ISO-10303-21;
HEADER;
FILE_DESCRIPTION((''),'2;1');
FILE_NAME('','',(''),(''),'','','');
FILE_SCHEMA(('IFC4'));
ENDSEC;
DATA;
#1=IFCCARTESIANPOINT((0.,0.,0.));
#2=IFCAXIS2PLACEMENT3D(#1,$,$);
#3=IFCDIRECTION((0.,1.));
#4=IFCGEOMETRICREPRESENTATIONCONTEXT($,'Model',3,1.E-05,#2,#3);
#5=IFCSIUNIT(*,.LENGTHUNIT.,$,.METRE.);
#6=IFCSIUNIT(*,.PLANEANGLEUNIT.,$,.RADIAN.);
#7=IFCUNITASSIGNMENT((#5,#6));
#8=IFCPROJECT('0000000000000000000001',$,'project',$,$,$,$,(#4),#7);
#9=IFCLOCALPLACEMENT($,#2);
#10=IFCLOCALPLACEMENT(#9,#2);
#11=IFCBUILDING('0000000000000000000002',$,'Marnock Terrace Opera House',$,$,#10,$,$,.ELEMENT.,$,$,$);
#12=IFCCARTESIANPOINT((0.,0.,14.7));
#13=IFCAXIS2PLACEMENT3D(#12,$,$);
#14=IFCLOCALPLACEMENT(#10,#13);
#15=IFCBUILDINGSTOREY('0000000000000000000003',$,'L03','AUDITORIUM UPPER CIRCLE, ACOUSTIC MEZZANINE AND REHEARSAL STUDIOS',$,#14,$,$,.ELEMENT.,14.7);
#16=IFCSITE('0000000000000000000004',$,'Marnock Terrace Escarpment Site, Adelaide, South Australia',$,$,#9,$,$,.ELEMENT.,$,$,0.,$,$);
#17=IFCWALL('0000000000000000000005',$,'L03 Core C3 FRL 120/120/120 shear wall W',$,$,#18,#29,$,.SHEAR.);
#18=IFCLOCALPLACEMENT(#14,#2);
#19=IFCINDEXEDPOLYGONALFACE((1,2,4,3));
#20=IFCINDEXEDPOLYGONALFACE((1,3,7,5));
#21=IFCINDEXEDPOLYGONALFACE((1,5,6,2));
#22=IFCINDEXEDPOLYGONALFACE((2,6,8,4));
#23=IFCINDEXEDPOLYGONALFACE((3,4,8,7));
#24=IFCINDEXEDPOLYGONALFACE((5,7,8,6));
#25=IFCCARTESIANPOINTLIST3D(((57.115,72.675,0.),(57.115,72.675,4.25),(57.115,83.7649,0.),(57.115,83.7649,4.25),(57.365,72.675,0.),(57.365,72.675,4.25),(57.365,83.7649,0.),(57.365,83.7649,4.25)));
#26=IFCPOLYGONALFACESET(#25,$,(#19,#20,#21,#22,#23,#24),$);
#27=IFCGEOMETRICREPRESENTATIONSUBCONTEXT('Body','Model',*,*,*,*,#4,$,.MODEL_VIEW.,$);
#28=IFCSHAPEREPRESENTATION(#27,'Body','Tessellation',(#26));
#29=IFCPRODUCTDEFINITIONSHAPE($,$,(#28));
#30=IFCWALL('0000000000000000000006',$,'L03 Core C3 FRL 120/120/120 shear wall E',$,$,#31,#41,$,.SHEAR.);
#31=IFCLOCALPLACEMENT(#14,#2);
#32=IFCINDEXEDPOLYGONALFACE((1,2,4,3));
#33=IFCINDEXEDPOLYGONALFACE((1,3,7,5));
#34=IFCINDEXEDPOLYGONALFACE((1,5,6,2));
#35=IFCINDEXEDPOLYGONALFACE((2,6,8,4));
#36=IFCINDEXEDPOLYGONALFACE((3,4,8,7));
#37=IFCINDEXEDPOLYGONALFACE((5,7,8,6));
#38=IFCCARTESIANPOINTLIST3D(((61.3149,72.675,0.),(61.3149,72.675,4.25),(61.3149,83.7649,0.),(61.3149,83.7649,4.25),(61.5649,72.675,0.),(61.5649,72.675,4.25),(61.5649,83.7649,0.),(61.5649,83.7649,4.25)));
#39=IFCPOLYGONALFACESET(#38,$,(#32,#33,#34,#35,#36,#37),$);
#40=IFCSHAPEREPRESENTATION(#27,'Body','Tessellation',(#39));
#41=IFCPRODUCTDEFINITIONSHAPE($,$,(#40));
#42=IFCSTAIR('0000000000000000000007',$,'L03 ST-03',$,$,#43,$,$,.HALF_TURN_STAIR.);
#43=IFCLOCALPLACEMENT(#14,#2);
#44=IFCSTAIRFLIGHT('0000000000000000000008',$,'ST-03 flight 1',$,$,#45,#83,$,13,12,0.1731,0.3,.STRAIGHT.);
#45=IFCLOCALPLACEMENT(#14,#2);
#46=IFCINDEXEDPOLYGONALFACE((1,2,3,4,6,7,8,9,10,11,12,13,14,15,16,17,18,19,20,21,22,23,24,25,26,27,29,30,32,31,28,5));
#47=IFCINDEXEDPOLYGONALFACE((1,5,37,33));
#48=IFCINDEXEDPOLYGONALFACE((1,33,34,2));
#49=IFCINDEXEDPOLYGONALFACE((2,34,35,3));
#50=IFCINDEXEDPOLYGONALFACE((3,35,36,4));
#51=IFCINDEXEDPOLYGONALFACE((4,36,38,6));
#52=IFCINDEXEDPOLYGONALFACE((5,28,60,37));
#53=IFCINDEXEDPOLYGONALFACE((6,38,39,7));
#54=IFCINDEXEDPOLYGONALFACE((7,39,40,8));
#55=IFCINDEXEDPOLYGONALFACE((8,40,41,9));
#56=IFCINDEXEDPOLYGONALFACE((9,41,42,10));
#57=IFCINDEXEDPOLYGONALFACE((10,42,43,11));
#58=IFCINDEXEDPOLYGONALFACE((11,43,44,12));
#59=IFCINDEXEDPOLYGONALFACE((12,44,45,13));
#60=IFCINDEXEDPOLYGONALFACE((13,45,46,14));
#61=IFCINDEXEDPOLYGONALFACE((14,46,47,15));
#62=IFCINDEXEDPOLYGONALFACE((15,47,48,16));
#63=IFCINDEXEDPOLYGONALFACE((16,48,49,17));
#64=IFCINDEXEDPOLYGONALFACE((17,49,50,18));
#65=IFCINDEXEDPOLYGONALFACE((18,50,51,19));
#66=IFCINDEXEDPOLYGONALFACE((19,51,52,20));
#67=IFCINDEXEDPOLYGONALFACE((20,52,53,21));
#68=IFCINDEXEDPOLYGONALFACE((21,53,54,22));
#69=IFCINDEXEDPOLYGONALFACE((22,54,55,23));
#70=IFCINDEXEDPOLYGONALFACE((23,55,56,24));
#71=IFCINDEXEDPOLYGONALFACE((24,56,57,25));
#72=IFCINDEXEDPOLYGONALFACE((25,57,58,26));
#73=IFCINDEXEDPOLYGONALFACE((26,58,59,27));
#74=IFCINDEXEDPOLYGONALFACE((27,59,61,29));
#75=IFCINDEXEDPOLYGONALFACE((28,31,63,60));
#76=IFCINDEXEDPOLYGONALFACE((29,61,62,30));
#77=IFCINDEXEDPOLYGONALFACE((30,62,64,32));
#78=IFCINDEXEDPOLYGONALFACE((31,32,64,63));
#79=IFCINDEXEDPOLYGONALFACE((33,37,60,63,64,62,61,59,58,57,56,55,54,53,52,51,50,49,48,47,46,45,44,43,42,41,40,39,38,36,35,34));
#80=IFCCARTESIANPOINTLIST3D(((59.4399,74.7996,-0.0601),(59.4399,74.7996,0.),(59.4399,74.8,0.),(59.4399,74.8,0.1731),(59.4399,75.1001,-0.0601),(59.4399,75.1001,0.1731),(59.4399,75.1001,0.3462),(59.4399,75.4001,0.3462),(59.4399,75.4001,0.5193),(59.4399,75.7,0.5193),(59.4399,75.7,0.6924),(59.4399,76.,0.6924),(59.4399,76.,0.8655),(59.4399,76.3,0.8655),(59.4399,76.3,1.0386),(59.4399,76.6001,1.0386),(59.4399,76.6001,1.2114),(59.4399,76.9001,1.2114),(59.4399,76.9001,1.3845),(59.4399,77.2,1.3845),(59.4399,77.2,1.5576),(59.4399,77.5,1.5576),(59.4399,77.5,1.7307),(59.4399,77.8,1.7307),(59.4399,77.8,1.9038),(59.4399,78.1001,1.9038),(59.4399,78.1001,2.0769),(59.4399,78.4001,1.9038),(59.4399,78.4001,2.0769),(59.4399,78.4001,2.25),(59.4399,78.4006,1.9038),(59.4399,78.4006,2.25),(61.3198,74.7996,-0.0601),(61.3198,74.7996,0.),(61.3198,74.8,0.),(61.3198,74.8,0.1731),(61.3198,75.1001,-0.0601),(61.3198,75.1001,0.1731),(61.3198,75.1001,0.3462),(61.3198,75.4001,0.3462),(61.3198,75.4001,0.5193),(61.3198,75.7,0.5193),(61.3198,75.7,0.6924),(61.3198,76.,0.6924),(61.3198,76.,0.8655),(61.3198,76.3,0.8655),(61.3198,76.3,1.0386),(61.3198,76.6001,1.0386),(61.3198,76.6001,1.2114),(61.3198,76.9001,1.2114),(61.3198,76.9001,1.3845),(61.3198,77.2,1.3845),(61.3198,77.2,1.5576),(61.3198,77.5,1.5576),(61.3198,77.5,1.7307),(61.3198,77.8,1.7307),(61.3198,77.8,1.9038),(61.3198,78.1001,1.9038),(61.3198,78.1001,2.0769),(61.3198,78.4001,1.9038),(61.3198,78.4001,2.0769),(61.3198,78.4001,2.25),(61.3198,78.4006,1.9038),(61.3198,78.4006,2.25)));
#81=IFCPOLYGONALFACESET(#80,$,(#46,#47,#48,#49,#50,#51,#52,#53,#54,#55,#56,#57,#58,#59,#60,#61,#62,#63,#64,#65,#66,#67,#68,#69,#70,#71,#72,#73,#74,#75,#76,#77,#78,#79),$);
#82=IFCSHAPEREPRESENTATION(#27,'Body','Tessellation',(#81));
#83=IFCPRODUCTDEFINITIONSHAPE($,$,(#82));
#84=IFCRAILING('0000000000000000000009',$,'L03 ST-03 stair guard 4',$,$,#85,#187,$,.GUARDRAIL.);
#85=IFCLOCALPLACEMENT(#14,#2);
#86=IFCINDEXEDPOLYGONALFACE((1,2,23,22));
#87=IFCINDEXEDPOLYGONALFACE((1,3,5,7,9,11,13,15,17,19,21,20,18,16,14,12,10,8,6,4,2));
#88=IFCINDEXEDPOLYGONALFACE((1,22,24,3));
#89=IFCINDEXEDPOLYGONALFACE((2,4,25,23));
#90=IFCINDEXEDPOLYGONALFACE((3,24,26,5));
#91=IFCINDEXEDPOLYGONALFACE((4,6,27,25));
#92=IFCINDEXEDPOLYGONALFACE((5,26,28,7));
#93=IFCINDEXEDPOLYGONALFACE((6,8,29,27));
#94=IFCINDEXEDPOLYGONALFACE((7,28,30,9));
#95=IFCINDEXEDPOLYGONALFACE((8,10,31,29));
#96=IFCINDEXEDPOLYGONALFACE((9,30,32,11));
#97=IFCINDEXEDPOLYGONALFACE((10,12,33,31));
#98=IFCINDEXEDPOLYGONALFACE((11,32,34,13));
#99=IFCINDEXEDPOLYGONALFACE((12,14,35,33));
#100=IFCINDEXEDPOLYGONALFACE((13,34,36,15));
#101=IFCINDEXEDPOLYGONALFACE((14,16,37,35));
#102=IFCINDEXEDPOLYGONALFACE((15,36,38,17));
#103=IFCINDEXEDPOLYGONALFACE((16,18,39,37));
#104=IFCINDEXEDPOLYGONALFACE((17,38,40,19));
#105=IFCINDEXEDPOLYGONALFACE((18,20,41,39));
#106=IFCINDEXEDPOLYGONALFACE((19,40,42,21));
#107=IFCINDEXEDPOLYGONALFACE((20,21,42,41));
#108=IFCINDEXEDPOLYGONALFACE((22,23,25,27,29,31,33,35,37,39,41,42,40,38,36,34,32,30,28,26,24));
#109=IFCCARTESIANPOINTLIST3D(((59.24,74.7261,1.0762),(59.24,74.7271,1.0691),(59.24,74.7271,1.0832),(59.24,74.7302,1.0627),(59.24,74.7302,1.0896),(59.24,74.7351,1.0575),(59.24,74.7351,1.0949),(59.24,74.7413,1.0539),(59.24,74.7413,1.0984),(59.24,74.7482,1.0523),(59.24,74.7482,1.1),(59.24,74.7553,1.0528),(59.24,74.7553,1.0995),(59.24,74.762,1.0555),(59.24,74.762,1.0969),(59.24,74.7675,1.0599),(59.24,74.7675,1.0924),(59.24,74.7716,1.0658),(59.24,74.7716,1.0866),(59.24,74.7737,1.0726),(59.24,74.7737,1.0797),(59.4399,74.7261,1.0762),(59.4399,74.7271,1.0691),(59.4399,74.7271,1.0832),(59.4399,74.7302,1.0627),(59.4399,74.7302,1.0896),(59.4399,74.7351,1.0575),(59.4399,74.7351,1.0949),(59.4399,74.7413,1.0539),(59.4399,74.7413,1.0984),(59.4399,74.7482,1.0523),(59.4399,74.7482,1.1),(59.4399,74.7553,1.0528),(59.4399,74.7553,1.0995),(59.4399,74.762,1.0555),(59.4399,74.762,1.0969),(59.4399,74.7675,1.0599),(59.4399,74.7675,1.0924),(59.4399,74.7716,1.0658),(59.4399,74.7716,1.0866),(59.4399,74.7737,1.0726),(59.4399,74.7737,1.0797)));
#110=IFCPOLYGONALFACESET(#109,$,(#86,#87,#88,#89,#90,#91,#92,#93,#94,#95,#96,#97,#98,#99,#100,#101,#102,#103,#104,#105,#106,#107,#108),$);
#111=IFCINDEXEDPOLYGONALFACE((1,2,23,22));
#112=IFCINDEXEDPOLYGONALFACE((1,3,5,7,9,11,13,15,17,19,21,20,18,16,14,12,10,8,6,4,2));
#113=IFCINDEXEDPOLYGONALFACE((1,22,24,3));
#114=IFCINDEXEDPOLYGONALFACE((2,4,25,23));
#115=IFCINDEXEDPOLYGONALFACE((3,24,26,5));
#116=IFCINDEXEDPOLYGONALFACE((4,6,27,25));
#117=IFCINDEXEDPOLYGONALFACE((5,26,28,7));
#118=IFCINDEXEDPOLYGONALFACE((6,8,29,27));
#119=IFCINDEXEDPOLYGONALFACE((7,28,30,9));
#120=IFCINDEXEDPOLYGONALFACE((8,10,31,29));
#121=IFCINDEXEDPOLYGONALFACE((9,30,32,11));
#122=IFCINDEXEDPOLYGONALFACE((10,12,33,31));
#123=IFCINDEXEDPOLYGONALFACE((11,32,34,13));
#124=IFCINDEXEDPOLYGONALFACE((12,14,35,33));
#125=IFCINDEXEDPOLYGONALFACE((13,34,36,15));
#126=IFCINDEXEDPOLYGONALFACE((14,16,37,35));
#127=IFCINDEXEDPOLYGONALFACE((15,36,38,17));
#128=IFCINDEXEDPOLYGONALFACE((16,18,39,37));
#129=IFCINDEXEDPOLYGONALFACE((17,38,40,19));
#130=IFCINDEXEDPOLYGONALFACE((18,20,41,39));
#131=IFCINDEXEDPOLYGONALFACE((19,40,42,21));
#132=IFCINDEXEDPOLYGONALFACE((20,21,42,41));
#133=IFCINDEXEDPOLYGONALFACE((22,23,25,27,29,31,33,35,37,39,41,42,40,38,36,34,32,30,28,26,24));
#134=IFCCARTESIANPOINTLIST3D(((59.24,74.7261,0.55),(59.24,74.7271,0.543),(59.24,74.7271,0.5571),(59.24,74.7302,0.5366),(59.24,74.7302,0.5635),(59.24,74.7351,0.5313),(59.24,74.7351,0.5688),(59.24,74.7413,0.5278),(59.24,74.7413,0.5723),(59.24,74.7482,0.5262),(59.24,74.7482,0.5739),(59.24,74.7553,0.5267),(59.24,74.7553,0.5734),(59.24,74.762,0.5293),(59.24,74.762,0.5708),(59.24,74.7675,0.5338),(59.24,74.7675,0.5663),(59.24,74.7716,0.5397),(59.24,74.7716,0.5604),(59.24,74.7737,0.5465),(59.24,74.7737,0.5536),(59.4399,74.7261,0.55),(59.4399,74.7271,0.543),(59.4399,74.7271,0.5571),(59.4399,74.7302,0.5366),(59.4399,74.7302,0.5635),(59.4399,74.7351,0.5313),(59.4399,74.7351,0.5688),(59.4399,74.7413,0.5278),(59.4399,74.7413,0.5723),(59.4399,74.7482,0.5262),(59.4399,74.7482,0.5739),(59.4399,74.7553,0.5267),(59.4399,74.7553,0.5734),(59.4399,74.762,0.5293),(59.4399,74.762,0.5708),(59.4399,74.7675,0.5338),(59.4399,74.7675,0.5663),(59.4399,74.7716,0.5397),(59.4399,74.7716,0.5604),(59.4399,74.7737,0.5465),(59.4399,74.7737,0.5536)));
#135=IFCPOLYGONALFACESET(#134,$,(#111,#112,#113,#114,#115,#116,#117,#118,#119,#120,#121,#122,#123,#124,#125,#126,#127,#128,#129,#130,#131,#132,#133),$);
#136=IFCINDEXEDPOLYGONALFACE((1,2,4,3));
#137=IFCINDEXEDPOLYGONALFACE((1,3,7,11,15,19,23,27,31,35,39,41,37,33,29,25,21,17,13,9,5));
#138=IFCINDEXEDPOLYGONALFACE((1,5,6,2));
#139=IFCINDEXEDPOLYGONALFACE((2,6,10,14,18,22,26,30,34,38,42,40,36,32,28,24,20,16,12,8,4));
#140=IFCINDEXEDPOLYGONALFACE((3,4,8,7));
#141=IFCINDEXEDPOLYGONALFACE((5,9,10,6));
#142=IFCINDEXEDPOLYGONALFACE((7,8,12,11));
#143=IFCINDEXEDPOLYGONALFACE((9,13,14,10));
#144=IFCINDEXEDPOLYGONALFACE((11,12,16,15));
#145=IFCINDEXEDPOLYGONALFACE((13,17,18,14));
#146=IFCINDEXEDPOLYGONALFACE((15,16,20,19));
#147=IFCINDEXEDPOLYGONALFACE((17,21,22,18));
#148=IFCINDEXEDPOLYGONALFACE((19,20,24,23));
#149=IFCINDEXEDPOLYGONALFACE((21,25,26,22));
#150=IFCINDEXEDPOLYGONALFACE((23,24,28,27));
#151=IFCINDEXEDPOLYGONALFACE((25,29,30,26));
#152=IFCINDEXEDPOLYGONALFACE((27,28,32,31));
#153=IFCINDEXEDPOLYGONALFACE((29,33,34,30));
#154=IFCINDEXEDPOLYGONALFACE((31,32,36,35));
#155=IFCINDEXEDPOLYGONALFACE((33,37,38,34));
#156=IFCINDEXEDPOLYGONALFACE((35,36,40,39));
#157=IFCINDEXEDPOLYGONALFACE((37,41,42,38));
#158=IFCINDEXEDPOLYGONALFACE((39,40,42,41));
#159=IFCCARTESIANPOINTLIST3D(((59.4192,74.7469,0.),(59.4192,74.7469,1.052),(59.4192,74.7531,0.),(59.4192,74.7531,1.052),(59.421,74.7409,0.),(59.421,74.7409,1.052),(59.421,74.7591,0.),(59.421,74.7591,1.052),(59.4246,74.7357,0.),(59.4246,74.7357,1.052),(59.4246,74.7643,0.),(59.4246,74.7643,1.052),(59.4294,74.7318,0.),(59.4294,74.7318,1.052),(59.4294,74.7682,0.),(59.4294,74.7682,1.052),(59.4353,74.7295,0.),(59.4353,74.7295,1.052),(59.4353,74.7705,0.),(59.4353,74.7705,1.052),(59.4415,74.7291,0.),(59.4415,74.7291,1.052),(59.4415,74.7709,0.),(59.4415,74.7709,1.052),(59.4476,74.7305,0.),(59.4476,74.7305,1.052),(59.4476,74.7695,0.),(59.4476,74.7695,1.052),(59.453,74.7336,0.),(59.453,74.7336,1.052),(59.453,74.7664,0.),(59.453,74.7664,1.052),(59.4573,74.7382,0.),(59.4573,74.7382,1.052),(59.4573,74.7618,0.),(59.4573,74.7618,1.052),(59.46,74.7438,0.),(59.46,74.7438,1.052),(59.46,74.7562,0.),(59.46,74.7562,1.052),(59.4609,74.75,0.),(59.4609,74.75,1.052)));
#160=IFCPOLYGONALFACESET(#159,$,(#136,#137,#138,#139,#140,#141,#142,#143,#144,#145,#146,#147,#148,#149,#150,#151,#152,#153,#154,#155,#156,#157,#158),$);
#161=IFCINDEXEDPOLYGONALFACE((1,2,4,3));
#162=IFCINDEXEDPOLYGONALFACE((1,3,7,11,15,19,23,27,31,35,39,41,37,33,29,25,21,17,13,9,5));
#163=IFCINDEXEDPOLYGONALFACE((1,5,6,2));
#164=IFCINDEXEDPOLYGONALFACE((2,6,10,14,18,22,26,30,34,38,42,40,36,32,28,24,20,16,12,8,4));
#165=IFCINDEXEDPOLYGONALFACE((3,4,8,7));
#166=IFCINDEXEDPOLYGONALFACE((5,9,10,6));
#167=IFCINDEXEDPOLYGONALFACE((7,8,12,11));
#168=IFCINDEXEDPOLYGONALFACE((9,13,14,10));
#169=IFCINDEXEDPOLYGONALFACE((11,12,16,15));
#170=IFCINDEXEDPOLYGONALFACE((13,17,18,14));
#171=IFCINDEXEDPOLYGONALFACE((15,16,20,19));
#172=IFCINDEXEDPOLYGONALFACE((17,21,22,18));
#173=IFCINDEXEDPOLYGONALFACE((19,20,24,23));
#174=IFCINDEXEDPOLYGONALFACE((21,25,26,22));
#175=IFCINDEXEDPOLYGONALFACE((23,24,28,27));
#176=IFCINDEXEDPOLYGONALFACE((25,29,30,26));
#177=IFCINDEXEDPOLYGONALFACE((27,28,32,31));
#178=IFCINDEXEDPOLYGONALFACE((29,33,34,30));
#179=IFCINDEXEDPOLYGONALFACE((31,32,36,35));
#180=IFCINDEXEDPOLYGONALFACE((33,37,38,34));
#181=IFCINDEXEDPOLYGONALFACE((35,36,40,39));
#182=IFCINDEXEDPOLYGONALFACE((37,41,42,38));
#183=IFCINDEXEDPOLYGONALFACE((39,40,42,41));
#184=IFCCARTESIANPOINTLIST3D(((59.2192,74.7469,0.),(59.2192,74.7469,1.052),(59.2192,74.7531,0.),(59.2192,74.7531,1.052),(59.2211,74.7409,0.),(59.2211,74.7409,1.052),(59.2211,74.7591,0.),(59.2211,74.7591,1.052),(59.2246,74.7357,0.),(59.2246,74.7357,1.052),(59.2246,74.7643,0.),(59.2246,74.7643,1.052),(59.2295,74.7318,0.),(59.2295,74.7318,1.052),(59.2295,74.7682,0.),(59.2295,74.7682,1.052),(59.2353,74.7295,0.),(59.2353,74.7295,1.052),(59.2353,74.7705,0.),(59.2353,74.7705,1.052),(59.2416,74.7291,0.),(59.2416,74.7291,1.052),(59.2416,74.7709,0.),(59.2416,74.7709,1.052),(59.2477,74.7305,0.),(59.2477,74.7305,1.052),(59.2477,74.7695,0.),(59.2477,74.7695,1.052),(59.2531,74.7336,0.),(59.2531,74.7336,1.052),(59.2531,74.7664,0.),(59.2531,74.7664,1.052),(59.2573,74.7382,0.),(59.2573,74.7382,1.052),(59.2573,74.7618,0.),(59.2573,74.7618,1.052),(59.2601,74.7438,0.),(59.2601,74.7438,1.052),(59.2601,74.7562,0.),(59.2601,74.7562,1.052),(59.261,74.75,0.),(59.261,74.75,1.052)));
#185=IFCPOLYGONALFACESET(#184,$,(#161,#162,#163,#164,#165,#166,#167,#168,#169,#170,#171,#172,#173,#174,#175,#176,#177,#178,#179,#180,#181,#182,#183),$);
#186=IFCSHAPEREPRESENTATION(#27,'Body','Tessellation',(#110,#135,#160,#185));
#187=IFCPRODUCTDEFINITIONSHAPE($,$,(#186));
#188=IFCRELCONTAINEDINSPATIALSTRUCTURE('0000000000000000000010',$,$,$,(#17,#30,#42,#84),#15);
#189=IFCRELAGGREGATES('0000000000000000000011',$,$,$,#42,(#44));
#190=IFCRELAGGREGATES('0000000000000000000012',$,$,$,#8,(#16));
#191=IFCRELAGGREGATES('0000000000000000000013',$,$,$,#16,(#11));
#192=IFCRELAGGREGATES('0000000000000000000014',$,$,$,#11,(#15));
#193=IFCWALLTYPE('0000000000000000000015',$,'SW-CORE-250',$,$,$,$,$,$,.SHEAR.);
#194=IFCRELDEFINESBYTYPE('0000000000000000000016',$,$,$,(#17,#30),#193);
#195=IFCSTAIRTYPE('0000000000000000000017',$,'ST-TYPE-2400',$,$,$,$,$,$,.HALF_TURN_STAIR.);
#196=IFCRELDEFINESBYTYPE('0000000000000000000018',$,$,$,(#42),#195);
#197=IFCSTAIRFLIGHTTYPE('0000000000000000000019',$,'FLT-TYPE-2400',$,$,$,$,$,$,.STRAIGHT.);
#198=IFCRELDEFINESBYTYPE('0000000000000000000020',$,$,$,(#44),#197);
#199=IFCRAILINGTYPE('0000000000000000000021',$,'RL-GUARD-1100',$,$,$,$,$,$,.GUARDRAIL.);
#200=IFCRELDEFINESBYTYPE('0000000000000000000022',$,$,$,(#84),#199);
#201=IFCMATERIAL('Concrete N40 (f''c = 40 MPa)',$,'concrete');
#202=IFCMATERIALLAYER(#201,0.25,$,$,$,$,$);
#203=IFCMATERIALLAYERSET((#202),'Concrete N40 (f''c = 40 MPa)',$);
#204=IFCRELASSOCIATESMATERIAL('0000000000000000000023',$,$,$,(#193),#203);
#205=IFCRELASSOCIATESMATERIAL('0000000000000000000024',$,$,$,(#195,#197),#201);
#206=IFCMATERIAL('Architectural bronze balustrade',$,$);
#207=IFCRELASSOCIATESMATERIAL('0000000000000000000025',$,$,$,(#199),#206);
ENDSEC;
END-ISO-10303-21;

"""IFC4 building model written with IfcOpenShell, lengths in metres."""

from ifc_helpers import new_model, si_unit, direction, frame, frame_2d, origin, origin_2d, place, context, subcontext, project, spatial, polyline, rectangle, circle, outline, extrude, material, layer, layer_set, type_object, element, aggregate, save


model = new_model("IFC4")

# Units and contexts
model_context = context("Model", 3, precision=1e-05, world=origin(), true_north=direction((0.0, 1.0)))
body_context = subcontext(model_context, "Body", "Model", "MODEL_VIEW")
ifc_project = project(units=[si_unit("LENGTHUNIT", "METRE"), si_unit("PLANEANGLEUNIT", "RADIAN")], contexts=[model_context])

# Site, building, storey
site_placement = place(None, origin())
site = spatial("IfcSite", under=ifc_project, at=site_placement, Name="Marnock Terrace Escarpment Site, Adelaide, South Australia", CompositionType="ELEMENT", RefElevation=0.0)
building_placement = place(site_placement, origin())
building = spatial("IfcBuilding", under=site, at=building_placement, Name="Marnock Terrace Opera House", CompositionType="ELEMENT")
storey_placement = place(building_placement, frame((0.0, 0.0, 14.7)))
storey = spatial("IfcBuildingStorey", under=building, at=storey_placement, Name="L03", Description="AUDITORIUM UPPER CIRCLE, ACOUSTIC MEZZANINE AND REHEARSAL STUDIOS", CompositionType="ELEMENT", Elevation=14.7)

# Shared definitions
ifc_material_1 = material(Name="Concrete N40 (f'c = 40 MPa)", Category="concrete")

# Shared definitions
ifc_layer_1 = layer(ifc_material_1, 0.25)
ifc_layer_set_1 = layer_set([ifc_layer_1], Name="Concrete N40 (f'c = 40 MPa)")
wall_type = type_object("IfcWallType", Name="SW-CORE-250", PredefinedType="SHEAR", material=ifc_layer_set_1)

# Walls
for number, where, z_axis, x_axis, name in (
    (1, (57.24, 72.675, 0.0), (0.0, 0.0, 1.0), (0.0, 1.0, 0.0), "L03 Core C3 FRL 120/120/120 shear wall W"),
    (2, (61.4399, 72.675, 0.0), (0.0, 0.0, 1.0), (0.0, 1.0, 0.0), "L03 Core C3 FRL 120/120/120 shear wall E"),
):
    element("IfcWall", number, at=place(storey_placement, frame(where, z_axis=z_axis, x_axis=x_axis)), inside=storey, type_object=wall_type, Name=name, PredefinedType="SHEAR", context=body_context, shape_type="SweptSolid", body=[
        extrude(rectangle(XDim=11.0898, YDim=0.25, at=frame_2d((5.5449, 0.0))), origin(), (0.0, 0.0, 1.0), 4.25),
    ])

# Stair, stair flight
stair_type = type_object("IfcStairType", Name="ST-TYPE-2400", PredefinedType="HALF_TURN_STAIR", material=ifc_material_1)
stair_placement = place(storey_placement, origin())
stair = element("IfcStair", 3, at=stair_placement, inside=storey, type_object=stair_type, Name="L03 ST-03", PredefinedType="HALF_TURN_STAIR")
stair_flight_type = type_object("IfcStairFlightType", Name="FLT-TYPE-2400", PredefinedType="STRAIGHT", material=ifc_material_1)
stair_flight_placement = place(storey_placement, frame((60.3799, 74.8, 0.0), z_axis=(0.0, 0.0, 1.0), x_axis=(0.0, 1.0, 0.0)))
stair_flight = element("IfcStairFlight", 4, at=stair_flight_placement, type_object=stair_flight_type, Name="ST-03 flight 1", NumberOfRisers=13, NumberOfTreads=12, PredefinedType="STRAIGHT", RiserHeight=0.1731, TreadLength=0.3, context=body_context, shape_type="SweptSolid", body=[
    extrude(outline(polyline([(-0.0005, -0.0601), (-0.0005, 0.0), (0.0, 0.0), (0.0, 0.1731), (0.3, 0.1731), (0.3, 0.3462), (0.6001, 0.3462), (0.6001, 0.5193), (0.8999, 0.5193), (0.8999, 0.6924), (1.2, 0.6924), (1.2, 0.8655), (1.5, 0.8655), (1.5, 1.0386), (1.8, 1.0386), (1.8, 1.2114), (2.1001, 1.2114), (2.1001, 1.3845), (2.3999, 1.3845), (2.3999, 1.5576), (2.7, 1.5576), (2.7, 1.7307), (3.0, 1.7307), (3.0, 1.9038), (3.3, 1.9038), (3.3, 2.0769), (3.6001, 2.0769), (3.6001, 2.25), (3.6006, 2.25), (3.6006, 1.9038), (3.6001, 1.9038), (0.3, -0.0601), (-0.0005, -0.0601)])), frame((0.0, 0.9399, 0.0), z_axis=(0.0, -1.0, 0.0), x_axis=(1.0, 0.0, 0.0)), (0.0, 0.0, 1.0), 1.8799),
])
aggregate(stair, [stair_flight])

# Railing
ifc_material_2 = material(Name="Architectural bronze balustrade")
railing_type_1 = type_object("IfcRailingType", Name="RL-GUARD-1100", PredefinedType="GUARDRAIL", material=ifc_material_2)
railing_1_placement = place(storey_placement, frame((59.4399, 74.75, 0.0)))
element("IfcRailing", 5, at=railing_1_placement, inside=storey, type_object=railing_type_1, Name="L03 ST-03 stair guard 4", PredefinedType="GUARDRAIL", context=body_context, shape_type="SweptSolid", body=[
    extrude(circle(Radius=0.0239, at=origin_2d()), frame((0.0, 0.0, 1.0762), z_axis=(-1.0, 0.0, 0.0), x_axis=(0.0, -1.0, 0.0)), (0.0, 0.0, 1.0), 0.2),
    extrude(circle(Radius=0.0239, at=origin_2d()), frame((0.0, 0.0, 0.55), z_axis=(-1.0, 0.0, 0.0), x_axis=(0.0, -1.0, 0.0)), (0.0, 0.0, 1.0), 0.2),
    extrude(circle(Radius=0.021, at=origin_2d()), origin(), (0.0, 0.0, 1.0), 1.052),
    extrude(circle(Radius=0.021, at=origin_2d()), frame((-0.2, 0.0, 0.0)), (0.0, 0.0, 1.0), 1.052),
])

save(model, "model.ifc")
